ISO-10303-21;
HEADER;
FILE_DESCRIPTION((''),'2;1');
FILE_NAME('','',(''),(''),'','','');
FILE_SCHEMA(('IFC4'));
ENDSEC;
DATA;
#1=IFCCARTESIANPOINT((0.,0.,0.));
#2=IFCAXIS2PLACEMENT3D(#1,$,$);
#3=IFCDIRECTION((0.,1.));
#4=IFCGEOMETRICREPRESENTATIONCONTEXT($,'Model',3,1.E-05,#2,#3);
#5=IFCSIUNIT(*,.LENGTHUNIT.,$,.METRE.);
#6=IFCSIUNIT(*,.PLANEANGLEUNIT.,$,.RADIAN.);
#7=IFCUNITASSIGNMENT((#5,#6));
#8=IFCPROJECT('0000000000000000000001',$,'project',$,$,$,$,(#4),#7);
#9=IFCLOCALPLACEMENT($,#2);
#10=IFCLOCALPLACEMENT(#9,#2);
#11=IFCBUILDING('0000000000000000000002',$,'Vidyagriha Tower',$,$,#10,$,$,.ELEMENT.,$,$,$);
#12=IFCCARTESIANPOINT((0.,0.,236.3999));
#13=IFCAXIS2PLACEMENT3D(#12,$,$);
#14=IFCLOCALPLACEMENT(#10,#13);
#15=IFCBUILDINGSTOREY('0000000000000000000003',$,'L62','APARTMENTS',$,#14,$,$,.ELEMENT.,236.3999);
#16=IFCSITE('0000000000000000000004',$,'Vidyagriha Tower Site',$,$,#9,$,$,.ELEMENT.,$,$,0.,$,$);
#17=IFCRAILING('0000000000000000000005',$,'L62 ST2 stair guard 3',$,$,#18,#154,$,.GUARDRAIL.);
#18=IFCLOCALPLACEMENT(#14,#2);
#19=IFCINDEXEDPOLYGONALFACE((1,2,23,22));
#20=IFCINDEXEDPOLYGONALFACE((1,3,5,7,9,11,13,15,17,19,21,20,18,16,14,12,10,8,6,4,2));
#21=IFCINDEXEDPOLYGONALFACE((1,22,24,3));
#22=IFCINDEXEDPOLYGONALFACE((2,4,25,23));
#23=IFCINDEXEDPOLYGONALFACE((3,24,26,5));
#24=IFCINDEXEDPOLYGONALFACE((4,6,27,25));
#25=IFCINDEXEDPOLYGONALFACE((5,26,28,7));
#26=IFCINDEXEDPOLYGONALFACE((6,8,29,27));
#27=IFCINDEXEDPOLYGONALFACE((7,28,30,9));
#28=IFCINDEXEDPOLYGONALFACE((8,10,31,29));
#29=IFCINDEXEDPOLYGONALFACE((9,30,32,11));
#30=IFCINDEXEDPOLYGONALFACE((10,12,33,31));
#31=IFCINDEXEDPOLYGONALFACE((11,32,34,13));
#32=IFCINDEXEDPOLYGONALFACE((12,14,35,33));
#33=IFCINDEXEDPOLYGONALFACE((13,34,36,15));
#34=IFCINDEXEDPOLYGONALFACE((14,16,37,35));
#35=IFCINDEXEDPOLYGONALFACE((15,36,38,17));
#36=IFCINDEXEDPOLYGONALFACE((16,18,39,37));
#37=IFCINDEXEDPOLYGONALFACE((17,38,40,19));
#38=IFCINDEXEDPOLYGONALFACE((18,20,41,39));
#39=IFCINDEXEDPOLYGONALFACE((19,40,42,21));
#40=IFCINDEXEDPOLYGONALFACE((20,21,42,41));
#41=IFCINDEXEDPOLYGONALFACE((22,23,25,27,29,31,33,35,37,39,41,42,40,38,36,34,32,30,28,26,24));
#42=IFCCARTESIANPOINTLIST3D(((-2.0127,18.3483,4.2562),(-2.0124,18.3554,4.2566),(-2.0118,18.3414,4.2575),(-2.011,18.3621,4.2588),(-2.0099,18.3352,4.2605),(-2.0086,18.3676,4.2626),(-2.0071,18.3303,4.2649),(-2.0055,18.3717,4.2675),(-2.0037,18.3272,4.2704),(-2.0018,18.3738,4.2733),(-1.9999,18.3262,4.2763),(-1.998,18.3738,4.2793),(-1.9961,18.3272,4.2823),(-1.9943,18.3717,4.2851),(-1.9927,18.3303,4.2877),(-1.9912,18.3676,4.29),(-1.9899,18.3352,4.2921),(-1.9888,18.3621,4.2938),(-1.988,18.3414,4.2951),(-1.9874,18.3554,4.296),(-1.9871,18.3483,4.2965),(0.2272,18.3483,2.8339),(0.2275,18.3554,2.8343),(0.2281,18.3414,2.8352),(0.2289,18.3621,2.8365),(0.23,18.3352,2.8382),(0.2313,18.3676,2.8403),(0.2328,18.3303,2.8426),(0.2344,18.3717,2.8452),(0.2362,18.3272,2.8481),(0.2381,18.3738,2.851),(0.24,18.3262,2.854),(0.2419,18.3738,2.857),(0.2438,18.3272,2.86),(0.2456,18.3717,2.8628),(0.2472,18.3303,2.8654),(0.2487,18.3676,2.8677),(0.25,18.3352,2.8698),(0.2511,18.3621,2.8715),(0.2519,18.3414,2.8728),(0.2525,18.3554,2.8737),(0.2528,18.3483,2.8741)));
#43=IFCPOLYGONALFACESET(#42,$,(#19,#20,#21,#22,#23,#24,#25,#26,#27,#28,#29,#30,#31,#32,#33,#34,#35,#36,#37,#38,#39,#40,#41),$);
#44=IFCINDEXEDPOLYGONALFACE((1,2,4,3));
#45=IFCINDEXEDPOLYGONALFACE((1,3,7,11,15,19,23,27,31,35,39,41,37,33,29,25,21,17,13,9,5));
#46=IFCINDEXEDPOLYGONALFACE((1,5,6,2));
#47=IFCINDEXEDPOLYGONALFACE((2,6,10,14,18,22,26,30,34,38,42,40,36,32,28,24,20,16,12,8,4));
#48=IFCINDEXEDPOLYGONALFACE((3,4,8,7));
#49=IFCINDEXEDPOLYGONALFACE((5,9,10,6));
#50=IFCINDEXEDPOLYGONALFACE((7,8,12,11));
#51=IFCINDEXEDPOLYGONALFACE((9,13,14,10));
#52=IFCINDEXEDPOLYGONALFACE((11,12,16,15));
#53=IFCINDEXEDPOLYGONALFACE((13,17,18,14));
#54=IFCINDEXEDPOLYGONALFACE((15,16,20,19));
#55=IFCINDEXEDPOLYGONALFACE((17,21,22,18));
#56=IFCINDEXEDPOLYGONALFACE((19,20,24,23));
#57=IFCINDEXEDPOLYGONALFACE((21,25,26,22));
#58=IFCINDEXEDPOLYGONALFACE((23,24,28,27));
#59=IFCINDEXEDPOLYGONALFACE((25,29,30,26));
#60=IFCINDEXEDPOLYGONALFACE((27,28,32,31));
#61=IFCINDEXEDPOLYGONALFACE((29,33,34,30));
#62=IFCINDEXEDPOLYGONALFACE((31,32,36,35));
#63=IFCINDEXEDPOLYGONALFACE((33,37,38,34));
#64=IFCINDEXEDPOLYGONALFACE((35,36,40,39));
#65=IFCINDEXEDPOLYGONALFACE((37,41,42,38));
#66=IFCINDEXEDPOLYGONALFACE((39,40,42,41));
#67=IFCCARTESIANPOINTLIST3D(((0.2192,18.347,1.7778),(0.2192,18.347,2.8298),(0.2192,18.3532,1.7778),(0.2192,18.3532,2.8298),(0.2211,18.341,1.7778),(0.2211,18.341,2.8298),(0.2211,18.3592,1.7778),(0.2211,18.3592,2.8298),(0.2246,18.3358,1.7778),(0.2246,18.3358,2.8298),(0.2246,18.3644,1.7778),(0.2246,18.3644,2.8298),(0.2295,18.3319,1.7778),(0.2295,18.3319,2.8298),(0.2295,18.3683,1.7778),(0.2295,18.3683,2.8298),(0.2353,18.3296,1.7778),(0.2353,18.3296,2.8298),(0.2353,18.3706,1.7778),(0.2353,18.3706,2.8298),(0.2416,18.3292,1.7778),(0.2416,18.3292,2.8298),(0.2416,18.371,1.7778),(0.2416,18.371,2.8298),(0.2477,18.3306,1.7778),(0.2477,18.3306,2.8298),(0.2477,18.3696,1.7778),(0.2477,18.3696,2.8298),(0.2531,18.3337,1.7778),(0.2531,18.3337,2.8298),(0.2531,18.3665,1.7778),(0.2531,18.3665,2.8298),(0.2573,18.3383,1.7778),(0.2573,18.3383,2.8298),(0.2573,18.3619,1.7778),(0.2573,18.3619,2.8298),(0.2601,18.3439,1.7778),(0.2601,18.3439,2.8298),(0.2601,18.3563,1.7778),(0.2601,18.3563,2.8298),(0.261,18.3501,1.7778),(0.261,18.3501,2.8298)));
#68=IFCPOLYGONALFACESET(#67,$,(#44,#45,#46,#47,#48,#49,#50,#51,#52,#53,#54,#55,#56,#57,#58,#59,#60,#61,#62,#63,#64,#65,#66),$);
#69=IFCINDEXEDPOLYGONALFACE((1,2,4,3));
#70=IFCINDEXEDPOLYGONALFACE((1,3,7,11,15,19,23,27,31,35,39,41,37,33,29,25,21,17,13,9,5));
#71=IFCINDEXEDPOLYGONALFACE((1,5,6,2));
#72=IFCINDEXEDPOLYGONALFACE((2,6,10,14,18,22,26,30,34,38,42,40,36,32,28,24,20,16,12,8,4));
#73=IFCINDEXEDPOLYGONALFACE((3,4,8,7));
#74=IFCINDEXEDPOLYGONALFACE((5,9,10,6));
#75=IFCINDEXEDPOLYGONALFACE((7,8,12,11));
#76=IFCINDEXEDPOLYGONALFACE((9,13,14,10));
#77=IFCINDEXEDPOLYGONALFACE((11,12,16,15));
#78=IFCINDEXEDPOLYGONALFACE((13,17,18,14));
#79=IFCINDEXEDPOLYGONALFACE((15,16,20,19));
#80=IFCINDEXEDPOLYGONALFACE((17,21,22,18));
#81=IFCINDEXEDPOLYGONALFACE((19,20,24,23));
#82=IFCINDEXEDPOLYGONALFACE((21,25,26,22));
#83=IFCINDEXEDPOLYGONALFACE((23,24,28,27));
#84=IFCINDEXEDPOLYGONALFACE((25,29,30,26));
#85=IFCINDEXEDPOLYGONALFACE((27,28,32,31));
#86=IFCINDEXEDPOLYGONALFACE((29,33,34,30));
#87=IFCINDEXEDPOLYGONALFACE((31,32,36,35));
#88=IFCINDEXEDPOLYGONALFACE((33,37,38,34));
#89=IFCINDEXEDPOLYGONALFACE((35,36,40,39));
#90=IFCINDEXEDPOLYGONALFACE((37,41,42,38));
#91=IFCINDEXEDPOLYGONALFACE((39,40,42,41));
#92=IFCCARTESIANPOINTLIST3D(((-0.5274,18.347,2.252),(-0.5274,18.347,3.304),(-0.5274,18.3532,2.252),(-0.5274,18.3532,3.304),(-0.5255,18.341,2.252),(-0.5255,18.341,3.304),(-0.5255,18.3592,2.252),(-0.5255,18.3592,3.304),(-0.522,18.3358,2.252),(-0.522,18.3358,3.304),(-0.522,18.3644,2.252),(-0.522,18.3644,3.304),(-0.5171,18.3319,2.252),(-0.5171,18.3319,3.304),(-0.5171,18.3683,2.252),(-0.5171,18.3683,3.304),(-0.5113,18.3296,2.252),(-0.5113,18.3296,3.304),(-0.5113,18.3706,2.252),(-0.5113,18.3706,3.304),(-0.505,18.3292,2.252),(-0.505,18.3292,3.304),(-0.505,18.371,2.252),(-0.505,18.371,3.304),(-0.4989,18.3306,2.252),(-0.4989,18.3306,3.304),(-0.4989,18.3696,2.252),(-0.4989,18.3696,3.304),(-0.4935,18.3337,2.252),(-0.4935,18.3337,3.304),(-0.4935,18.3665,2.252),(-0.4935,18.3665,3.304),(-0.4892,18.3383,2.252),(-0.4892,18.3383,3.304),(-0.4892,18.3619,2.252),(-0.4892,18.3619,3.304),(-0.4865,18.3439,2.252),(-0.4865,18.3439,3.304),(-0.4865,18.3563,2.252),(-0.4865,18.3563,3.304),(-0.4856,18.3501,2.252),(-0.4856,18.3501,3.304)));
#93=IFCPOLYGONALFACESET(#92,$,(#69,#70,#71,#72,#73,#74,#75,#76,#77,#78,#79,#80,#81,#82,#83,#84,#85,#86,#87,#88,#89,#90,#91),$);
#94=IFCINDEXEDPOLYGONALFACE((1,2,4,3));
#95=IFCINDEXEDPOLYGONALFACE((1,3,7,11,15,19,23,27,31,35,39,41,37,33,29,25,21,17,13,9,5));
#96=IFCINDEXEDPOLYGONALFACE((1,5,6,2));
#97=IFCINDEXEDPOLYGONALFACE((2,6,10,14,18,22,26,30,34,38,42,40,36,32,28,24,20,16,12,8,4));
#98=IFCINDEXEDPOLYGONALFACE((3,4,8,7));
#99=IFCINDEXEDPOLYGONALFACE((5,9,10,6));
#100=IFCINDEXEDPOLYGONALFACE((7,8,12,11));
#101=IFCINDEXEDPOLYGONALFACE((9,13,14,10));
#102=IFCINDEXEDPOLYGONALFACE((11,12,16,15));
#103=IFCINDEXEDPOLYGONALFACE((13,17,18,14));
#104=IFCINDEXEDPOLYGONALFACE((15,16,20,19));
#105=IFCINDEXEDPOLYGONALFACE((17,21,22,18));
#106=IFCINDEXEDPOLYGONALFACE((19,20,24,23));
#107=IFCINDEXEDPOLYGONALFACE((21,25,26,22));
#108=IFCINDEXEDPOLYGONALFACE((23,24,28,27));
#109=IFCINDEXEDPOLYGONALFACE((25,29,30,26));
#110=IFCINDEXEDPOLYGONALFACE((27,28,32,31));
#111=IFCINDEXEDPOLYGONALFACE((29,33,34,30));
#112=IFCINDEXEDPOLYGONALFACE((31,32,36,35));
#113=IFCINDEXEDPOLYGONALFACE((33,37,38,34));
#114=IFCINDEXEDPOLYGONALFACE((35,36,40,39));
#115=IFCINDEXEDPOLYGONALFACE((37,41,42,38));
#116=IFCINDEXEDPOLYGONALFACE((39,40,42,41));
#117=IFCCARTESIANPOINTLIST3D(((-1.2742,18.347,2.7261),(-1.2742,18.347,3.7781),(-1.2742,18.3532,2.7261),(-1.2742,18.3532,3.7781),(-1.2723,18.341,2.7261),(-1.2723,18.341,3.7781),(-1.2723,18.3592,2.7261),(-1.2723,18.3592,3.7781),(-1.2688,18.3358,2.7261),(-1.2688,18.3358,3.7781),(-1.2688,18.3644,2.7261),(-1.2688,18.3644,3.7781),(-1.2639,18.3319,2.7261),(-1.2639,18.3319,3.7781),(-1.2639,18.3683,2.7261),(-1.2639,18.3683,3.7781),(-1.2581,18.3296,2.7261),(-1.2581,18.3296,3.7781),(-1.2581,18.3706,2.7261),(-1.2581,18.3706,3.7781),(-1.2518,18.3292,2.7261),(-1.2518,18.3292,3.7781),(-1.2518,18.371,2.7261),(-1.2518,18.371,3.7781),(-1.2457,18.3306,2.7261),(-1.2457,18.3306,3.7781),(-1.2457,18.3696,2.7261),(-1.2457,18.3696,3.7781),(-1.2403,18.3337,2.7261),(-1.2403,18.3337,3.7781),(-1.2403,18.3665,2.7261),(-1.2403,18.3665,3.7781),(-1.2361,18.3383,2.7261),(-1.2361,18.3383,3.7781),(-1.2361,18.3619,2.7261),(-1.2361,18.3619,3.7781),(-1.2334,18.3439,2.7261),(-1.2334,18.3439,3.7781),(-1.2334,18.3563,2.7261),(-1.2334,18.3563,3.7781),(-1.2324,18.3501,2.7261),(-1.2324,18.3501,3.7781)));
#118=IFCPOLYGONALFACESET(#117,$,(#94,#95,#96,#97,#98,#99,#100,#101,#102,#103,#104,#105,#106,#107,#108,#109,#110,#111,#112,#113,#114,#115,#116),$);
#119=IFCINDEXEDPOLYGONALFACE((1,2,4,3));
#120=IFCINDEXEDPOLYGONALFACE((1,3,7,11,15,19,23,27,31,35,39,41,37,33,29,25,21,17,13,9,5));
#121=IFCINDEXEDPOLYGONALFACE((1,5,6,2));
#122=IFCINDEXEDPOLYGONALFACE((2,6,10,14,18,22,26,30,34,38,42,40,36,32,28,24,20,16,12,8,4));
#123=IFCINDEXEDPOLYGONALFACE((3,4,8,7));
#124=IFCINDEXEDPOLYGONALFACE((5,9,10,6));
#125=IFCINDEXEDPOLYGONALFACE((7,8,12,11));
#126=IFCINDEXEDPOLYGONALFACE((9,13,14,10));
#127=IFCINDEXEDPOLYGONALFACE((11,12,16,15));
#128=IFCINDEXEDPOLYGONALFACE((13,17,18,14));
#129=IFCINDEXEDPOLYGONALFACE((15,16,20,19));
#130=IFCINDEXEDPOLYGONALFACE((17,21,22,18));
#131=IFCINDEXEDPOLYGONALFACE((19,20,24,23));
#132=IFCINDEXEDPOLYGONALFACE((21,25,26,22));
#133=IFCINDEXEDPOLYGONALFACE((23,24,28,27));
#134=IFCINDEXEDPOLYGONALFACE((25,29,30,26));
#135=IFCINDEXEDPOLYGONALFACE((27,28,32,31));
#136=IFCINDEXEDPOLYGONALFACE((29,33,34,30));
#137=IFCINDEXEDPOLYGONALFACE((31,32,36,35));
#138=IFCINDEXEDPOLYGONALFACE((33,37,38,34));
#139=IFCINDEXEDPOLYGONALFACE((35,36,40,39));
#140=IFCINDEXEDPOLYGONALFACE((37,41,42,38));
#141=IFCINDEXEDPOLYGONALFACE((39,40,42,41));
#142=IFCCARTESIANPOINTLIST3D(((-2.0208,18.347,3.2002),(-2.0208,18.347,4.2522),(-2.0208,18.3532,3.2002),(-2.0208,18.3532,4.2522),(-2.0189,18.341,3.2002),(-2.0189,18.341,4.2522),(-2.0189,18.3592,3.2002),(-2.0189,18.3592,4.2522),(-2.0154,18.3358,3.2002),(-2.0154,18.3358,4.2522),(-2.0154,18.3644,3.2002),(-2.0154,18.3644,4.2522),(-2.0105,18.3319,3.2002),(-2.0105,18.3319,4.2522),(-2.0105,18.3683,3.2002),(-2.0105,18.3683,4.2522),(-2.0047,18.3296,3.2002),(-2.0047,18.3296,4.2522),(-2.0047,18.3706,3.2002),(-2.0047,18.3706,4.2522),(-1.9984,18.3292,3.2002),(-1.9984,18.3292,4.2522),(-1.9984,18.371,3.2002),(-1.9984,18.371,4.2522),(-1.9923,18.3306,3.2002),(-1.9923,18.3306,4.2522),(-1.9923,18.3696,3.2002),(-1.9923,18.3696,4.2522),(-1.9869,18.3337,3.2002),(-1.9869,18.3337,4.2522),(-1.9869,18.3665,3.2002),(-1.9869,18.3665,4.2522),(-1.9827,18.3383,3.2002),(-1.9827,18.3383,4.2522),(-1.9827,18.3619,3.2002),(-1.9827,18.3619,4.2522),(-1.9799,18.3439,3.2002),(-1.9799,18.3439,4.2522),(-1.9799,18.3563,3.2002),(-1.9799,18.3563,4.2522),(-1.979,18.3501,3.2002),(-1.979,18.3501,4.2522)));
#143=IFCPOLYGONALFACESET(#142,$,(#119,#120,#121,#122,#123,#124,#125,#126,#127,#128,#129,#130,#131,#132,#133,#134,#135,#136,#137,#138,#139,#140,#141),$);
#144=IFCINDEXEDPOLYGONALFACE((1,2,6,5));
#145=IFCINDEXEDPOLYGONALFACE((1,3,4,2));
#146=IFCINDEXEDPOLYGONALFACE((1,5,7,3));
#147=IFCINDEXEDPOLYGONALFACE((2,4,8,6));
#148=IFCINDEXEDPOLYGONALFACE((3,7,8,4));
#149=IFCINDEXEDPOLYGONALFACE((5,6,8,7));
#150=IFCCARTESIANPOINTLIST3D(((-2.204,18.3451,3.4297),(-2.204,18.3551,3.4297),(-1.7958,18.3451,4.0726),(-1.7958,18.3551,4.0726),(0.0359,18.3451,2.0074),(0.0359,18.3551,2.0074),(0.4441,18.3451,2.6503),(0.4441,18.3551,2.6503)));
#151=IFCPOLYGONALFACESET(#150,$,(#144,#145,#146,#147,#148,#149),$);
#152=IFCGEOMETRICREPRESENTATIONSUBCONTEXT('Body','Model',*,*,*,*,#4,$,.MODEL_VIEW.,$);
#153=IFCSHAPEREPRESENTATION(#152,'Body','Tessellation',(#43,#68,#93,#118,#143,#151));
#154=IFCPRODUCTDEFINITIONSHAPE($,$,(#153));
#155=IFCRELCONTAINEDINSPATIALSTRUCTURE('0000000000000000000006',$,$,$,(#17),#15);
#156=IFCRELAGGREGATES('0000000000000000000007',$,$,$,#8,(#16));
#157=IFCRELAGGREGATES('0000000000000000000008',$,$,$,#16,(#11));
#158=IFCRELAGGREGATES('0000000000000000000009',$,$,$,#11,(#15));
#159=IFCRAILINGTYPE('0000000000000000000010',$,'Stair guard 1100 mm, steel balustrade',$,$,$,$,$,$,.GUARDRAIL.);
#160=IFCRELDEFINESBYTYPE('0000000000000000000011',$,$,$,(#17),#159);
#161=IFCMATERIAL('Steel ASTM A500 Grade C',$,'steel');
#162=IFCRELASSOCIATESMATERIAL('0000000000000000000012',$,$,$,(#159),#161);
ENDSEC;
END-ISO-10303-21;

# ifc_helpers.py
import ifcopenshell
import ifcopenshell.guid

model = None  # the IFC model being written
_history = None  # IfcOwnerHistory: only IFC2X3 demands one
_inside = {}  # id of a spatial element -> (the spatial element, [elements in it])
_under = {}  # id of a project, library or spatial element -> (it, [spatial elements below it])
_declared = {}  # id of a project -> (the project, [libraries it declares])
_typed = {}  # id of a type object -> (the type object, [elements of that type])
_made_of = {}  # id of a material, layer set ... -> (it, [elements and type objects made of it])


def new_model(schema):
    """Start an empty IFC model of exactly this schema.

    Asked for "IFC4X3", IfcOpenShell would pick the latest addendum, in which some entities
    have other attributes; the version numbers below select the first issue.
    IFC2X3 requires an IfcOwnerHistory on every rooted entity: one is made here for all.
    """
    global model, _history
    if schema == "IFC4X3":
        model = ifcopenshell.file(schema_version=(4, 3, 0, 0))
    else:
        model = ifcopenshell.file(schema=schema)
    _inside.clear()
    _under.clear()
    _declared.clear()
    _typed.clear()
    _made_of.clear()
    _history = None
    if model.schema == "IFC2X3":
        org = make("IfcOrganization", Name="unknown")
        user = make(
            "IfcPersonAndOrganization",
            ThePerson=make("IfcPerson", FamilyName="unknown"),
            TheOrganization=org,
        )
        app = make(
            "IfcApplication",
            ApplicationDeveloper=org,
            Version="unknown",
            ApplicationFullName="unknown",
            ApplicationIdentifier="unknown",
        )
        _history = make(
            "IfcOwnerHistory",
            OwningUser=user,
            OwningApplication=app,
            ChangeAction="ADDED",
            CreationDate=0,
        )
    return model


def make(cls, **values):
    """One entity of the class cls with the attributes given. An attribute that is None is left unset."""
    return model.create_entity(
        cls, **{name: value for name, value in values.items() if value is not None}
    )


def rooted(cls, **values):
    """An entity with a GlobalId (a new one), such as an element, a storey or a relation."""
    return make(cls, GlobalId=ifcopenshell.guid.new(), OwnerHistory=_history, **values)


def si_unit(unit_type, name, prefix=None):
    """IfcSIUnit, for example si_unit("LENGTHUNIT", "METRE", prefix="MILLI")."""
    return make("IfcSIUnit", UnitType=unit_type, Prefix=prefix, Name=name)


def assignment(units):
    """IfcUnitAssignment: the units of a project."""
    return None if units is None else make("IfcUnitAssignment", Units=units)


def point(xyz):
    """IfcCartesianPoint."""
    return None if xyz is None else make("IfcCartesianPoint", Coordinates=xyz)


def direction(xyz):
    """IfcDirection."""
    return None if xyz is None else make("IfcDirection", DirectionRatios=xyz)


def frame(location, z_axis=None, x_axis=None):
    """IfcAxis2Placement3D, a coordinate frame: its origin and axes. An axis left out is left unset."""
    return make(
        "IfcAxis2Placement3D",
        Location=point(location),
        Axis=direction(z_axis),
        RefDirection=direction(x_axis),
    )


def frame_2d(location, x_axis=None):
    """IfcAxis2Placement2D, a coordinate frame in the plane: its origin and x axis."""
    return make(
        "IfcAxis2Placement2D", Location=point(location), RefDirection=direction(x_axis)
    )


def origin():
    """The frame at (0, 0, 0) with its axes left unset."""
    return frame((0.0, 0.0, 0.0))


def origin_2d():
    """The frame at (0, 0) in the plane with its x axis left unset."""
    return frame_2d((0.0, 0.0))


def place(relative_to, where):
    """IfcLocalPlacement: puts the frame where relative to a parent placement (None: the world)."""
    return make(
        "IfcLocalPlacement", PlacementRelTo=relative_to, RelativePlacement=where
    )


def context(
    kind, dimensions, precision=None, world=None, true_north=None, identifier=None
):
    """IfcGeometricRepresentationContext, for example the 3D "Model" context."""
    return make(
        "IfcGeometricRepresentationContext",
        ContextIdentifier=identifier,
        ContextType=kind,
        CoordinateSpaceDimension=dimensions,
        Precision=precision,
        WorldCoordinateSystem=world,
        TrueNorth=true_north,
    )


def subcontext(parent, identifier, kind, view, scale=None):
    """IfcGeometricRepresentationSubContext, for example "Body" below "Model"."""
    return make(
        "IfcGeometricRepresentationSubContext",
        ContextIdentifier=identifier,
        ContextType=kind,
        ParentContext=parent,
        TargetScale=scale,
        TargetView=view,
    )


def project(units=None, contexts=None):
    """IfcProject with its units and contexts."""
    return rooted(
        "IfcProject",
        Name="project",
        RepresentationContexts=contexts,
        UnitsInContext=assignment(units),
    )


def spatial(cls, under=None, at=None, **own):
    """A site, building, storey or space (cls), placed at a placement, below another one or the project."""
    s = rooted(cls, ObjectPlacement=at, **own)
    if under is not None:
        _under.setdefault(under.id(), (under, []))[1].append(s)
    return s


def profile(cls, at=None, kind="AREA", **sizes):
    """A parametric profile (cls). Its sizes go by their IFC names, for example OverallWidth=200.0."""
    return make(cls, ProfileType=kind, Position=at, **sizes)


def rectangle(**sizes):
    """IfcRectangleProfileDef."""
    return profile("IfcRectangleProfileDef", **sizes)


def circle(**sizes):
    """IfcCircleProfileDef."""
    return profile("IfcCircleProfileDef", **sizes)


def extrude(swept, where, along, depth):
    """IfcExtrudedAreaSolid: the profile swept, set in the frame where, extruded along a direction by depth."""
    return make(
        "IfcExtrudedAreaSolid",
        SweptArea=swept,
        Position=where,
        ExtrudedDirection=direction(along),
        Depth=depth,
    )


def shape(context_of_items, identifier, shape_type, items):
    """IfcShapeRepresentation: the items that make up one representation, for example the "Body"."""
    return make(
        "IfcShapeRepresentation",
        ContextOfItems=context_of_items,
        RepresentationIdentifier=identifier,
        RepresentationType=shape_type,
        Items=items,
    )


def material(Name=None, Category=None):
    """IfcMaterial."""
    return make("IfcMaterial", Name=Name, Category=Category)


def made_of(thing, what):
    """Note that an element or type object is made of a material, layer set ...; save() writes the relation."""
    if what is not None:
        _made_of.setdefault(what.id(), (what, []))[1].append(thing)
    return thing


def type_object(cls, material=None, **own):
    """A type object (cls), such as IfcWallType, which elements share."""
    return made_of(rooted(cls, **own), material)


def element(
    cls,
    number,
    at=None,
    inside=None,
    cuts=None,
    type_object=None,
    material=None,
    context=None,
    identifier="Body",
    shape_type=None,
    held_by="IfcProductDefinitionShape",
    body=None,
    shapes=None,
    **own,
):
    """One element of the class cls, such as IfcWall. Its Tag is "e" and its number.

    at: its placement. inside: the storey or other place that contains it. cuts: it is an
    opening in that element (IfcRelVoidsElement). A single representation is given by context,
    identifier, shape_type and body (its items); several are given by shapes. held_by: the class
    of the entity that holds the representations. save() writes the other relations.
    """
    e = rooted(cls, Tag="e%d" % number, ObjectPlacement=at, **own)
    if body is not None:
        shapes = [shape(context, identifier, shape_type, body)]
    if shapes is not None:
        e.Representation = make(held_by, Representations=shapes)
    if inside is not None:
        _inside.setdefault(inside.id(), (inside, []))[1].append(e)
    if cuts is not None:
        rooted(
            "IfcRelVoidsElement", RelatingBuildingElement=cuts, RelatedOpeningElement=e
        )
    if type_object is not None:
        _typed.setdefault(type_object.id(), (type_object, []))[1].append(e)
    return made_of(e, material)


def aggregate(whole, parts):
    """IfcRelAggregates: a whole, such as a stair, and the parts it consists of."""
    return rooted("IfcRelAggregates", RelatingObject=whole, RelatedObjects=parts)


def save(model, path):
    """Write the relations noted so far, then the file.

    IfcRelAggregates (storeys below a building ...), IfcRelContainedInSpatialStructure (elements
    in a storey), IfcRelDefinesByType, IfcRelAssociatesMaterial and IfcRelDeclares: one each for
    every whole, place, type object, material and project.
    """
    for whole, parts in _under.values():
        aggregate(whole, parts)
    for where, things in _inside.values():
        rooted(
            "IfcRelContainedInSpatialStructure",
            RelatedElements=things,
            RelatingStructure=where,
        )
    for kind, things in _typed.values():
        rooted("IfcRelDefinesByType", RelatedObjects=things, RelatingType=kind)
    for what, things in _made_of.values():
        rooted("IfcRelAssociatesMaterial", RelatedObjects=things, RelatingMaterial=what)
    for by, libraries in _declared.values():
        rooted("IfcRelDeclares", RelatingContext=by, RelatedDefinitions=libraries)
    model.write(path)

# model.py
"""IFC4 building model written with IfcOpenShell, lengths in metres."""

from ifc_helpers import new_model, si_unit, direction, frame, origin, origin_2d, place, context, subcontext, project, spatial, rectangle, circle, extrude, material, type_object, element, save


model = new_model("IFC4")

# Units and contexts
model_context = context("Model", 3, precision=1e-05, world=origin(), true_north=direction((0.0, 1.0)))
body_context = subcontext(model_context, "Body", "Model", "MODEL_VIEW")
ifc_project = project(units=[si_unit("LENGTHUNIT", "METRE"), si_unit("PLANEANGLEUNIT", "RADIAN")], contexts=[model_context])

# Site, building, storey
site_placement = place(None, origin())
site = spatial("IfcSite", under=ifc_project, at=site_placement, Name="Vidyagriha Tower Site", CompositionType="ELEMENT", RefElevation=0.0)
building_placement = place(site_placement, origin())
building = spatial("IfcBuilding", under=site, at=building_placement, Name="Vidyagriha Tower", CompositionType="ELEMENT")
storey_placement = place(building_placement, frame((0.0, 0.0, 236.3999)))
storey = spatial("IfcBuildingStorey", under=building, at=storey_placement, Name="L62", Description="APARTMENTS", CompositionType="ELEMENT", Elevation=236.3999)

# Railing
ifc_material_1 = material(Name="Steel ASTM A500 Grade C", Category="steel")
railing_type_1 = type_object("IfcRailingType", Name="Stair guard 1100 mm, steel balustrade", PredefinedType="GUARDRAIL", material=ifc_material_1)
railing_1_placement = place(storey_placement, frame((0.24, 18.3501, 1.7778)))
element("IfcRailing", 1, at=railing_1_placement, inside=storey, type_object=railing_type_1, Name="L62 ST2 stair guard 3", PredefinedType="GUARDRAIL", context=body_context, shape_type="SweptSolid", body=[
    extrude(circle(Radius=0.0239, at=origin_2d()), frame((0.0, 0.0, 1.0762), z_axis=(-0.844188, 0.0, 0.536048), x_axis=(0.0, -1.0, 0.0)), (0.0, 0.0, 1.0), 2.6533),
    extrude(circle(Radius=0.021, at=origin_2d()), origin(), (0.0, 0.0, 1.0), 1.052),
    extrude(circle(Radius=0.021, at=origin_2d()), frame((-0.7466, 0.0, 0.4741)), (0.0, 0.0, 1.0), 1.052),
    extrude(circle(Radius=0.021, at=origin_2d()), frame((-1.4934, 0.0, 0.9482)), (0.0, 0.0, 1.0), 1.052),
    extrude(circle(Radius=0.021, at=origin_2d()), frame((-2.24, 0.0, 1.4224)), (0.0, 0.0, 1.0), 1.052),
    extrude(rectangle(XDim=0.01, YDim=0.7615, at=origin_2d()), frame((0.0, 0.0, 0.551), z_axis=(-0.844188, 0.0, 0.536048), x_axis=(0.0, -1.0, 0.0)), (0.0, 0.0, 1.0), 2.6533),
])

save(model, "model.ifc")
